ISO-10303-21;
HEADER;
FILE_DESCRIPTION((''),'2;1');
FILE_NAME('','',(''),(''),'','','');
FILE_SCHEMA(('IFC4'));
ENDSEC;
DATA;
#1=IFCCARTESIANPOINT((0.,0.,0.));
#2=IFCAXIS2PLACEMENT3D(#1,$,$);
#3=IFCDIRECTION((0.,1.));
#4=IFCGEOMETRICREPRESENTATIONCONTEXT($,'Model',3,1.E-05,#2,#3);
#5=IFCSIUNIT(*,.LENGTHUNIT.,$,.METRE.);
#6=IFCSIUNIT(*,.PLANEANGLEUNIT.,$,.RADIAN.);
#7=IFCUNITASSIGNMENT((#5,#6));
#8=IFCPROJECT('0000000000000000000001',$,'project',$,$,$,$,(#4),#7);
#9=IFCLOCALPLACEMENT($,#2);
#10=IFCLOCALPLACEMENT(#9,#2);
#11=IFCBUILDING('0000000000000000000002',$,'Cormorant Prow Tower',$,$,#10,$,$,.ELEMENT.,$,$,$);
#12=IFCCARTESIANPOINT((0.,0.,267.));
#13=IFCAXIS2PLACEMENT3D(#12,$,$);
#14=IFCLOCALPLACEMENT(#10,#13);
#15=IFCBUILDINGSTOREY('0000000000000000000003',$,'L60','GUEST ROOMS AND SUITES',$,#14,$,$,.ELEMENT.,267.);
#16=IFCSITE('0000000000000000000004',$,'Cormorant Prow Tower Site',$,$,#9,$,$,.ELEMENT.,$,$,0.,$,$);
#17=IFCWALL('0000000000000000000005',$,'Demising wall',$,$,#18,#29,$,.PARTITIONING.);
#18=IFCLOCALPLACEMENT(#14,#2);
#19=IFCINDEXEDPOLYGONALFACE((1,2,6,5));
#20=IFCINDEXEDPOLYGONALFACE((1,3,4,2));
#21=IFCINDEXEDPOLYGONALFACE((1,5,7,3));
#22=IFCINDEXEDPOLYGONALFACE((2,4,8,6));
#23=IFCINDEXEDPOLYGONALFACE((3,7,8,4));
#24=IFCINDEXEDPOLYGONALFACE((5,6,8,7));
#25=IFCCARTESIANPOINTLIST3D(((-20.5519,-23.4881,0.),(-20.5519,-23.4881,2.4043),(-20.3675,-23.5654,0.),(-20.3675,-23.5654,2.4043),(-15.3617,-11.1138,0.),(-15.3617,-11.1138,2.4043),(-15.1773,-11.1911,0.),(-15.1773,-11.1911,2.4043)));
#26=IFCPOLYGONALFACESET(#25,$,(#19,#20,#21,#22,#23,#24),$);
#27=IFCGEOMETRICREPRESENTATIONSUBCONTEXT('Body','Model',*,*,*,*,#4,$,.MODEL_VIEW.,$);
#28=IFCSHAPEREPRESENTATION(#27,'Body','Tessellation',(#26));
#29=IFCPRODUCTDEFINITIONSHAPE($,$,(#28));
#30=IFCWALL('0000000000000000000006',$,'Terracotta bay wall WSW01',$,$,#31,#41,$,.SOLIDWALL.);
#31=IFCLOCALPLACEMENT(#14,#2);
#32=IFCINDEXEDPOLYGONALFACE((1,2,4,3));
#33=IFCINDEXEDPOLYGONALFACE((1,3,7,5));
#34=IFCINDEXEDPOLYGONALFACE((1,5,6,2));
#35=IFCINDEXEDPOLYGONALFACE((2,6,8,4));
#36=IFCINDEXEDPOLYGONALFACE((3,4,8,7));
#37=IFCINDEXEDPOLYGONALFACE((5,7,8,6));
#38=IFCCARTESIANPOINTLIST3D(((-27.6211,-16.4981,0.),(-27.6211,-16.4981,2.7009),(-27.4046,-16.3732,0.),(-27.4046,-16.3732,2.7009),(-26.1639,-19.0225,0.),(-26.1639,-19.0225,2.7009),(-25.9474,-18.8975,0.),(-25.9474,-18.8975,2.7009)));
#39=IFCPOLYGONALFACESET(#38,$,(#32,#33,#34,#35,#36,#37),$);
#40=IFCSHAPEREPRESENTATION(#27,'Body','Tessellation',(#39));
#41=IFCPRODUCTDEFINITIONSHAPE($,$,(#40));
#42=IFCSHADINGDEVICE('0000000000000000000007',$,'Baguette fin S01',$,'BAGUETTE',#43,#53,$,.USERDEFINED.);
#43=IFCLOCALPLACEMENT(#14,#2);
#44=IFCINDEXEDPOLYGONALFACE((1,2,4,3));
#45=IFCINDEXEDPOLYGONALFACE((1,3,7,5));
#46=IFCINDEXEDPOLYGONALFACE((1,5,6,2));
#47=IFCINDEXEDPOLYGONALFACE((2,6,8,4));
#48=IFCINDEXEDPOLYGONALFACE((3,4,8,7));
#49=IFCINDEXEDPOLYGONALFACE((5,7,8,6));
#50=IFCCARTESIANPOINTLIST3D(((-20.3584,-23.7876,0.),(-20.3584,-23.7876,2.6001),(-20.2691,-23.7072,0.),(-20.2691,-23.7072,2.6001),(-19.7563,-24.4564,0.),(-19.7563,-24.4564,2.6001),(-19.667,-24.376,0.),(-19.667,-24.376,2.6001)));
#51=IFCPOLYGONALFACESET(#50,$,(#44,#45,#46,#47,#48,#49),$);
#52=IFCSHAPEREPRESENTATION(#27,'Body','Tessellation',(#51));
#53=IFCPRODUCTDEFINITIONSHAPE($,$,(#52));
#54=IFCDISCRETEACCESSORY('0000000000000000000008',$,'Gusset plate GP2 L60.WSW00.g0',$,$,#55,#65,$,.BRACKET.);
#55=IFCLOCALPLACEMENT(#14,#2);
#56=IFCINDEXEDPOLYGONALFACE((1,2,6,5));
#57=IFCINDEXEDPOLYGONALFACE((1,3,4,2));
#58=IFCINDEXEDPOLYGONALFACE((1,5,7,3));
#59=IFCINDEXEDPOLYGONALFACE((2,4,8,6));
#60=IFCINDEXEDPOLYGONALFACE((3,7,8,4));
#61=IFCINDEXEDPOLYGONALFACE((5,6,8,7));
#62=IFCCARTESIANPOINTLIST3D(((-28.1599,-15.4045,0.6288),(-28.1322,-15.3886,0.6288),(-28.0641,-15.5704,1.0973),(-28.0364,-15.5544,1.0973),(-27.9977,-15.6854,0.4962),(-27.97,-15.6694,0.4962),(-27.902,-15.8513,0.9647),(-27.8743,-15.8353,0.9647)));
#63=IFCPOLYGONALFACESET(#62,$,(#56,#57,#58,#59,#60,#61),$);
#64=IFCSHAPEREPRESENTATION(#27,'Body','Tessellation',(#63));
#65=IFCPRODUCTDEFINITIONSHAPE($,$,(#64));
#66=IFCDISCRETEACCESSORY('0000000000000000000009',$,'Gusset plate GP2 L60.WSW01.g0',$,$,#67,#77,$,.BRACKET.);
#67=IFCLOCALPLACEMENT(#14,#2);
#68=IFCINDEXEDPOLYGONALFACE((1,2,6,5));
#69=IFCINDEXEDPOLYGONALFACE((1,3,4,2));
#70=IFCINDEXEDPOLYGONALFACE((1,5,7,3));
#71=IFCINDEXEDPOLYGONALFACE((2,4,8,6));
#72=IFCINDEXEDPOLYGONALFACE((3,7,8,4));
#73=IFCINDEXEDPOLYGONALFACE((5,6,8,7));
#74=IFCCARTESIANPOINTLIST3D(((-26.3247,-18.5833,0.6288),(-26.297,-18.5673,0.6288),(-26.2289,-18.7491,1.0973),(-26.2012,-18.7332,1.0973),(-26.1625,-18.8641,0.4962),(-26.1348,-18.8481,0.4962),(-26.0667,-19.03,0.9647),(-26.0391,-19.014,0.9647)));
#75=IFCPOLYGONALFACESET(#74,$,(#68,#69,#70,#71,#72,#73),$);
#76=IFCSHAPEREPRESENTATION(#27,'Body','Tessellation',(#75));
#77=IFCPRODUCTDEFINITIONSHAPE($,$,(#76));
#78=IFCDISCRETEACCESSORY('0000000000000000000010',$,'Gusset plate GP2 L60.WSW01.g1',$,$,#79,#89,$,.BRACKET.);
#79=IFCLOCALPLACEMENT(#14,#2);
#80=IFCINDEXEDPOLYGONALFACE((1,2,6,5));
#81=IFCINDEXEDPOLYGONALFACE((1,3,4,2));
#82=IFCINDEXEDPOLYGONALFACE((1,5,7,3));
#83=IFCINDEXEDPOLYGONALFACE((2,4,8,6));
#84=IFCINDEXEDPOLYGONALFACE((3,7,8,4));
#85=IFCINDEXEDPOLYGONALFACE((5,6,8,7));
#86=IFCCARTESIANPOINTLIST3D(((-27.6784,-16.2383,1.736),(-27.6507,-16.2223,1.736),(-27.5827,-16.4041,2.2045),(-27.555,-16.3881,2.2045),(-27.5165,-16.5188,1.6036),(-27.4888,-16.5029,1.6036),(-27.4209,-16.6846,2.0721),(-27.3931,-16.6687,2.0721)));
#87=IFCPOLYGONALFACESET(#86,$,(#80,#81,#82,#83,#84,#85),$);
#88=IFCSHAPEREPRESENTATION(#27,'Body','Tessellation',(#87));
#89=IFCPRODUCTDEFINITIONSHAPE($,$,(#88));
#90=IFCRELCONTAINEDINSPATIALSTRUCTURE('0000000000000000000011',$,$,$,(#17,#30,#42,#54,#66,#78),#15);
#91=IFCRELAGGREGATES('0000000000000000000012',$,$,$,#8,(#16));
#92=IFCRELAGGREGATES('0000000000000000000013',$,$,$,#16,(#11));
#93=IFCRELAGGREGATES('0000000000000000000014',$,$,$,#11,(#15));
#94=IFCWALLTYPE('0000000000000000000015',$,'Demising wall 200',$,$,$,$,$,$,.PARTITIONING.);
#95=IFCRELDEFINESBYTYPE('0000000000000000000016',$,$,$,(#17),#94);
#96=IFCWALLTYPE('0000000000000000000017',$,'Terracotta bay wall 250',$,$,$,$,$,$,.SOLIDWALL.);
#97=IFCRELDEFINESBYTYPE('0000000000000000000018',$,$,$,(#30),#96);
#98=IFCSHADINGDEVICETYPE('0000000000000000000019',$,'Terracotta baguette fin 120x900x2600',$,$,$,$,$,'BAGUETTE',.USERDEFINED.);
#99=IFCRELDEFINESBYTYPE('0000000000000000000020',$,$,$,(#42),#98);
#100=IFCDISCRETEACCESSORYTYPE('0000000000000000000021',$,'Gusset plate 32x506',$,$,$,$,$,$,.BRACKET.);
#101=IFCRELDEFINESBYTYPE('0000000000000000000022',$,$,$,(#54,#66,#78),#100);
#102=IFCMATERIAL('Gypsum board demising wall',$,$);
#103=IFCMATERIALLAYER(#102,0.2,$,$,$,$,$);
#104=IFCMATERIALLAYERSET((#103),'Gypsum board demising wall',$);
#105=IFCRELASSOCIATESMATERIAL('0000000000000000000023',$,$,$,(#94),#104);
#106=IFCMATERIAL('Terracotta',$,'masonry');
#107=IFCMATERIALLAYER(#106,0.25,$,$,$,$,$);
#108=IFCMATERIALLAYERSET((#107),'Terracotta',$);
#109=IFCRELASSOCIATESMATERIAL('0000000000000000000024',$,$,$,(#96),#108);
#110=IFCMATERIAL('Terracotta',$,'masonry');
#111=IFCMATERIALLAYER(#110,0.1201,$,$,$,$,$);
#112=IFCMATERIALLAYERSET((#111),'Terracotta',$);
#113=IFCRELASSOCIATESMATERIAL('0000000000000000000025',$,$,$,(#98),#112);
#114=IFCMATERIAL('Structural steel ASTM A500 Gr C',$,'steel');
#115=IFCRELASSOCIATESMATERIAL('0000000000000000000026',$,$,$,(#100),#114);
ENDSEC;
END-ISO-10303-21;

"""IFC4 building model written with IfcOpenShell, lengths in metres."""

from ifc_helpers import new_model, si_unit, direction, frame, frame_2d, origin, origin_2d, place, context, subcontext, project, spatial, rectangle, extrude, material, layer, layer_set, material_profile, profile_set, type_object, element, save


model = new_model("IFC4")

# Units and contexts
model_context = context("Model", 3, precision=1e-05, world=origin(), true_north=direction((0.0, 1.0)))
body_context = subcontext(model_context, "Body", "Model", "MODEL_VIEW")
ifc_project = project(units=[si_unit("LENGTHUNIT", "METRE"), si_unit("PLANEANGLEUNIT", "RADIAN")], contexts=[model_context])

# Site, building, storey
site_placement = place(None, origin())
site = spatial("IfcSite", under=ifc_project, at=site_placement, Name="Cormorant Prow Tower Site", CompositionType="ELEMENT", RefElevation=0.0)
building_placement = place(site_placement, origin())
building = spatial("IfcBuilding", under=site, at=building_placement, Name="Cormorant Prow Tower", CompositionType="ELEMENT")
storey_placement = place(building_placement, frame((0.0, 0.0, 267.0)))
storey = spatial("IfcBuildingStorey", under=building, at=storey_placement, Name="L60", Description="GUEST ROOMS AND SUITES", CompositionType="ELEMENT", Elevation=267.0)

# Walls
ifc_material_1 = material(Name="Gypsum board demising wall")
ifc_layer_1 = layer(ifc_material_1, 0.2)
ifc_layer_set_1 = layer_set([ifc_layer_1], Name="Gypsum board demising wall")
wall_type_1 = type_object("IfcWallType", Name="Demising wall 200", PredefinedType="PARTITIONING", material=ifc_layer_set_1)
wall_1_placement = place(storey_placement, frame((-20.4597, -23.5269, 0.0), z_axis=(0.0, 0.0, 1.0), x_axis=(0.386789, 0.922168, 0.0)))
element("IfcWall", 1, at=wall_1_placement, inside=storey, type_object=wall_type_1, Name="Demising wall", PredefinedType="PARTITIONING", context=body_context, shape_type="SweptSolid", body=[
    extrude(rectangle(XDim=13.4187, YDim=0.2, at=frame_2d((6.7095, 0.0))), origin(), (0.0, 0.0, 1.0), 2.4043),
])
ifc_material_2 = material(Name="Terracotta", Category="masonry")
ifc_layer_2 = layer(ifc_material_2, 0.25)
ifc_layer_set_2 = layer_set([ifc_layer_2], Name="Terracotta")
wall_type_2 = type_object("IfcWallType", Name="Terracotta bay wall 250", PredefinedType="SOLIDWALL", material=ifc_layer_set_2)
wall_2_placement = place(storey_placement, frame((-27.5129, -16.4355, 0.0), z_axis=(0.0, 0.0, 1.0), x_axis=(0.49995, -0.866054, 0.0)))
element("IfcWall", 2, at=wall_2_placement, inside=storey, type_object=wall_type_2, Name="Terracotta bay wall WSW01", PredefinedType="SOLIDWALL", context=body_context, shape_type="SweptSolid", body=[
    extrude(rectangle(XDim=2.9148, YDim=0.25, at=frame_2d((1.4575, 0.0))), origin(), (0.0, 0.0, 1.0), 2.7009),
])

# Shading device
ifc_material_3 = material(Name="Terracotta", Category="masonry")
ifc_layer_3 = layer(ifc_material_3, 0.1201)
ifc_layer_set_3 = layer_set([ifc_layer_3], Name="Terracotta")
shading_device_type = type_object("IfcShadingDeviceType", Name="Terracotta baguette fin 120x900x2600", ElementType="BAGUETTE", PredefinedType="USERDEFINED", material=ifc_layer_set_3)
shading_device_placement = place(storey_placement, frame((-20.0127, -24.0818, 0.0), z_axis=(0.0, 0.0, 1.0), x_axis=(0.743145, 0.669131, 0.0)))
element("IfcShadingDevice", 3, at=shading_device_placement, inside=storey, type_object=shading_device_type, Name="Baguette fin S01", ObjectType="BAGUETTE", PredefinedType="USERDEFINED", context=body_context, shape_type="SweptSolid", body=[
    extrude(rectangle(XDim=0.1201, YDim=0.8999, at=origin_2d()), origin(), (0.0, 0.0, 1.0), 2.6001),
])

# Discrete accessories
ifc_material_4 = material(Name="Structural steel ASTM A500 Gr C", Category="steel")
ifc_material_profile_1 = material_profile(ifc_material_4, rectangle(XDim=0.032, YDim=0.5061, at=origin_2d()), Name="Gusset plate 32x506")
ifc_profile_set_1 = profile_set([ifc_material_profile_1], Name="Structural steel ASTM A500 Gr C")
discrete_accessory_type = type_object("IfcDiscreteAccessoryType", Name="Gusset plate 32x506", PredefinedType="BRACKET", material=ifc_profile_set_1)
for number, where, z_axis, x_axis, name in (
    (4, (-28.0981, -15.4795, 0.863), (0.462828, -0.801584, -0.378487), (0.86601, 0.500027, 0.0), "Gusset plate GP2 L60.WSW00.g0"),
    (5, (-26.2629, -18.6582, 0.863), (0.462828, -0.801584, -0.378487), (0.86601, 0.500027, 0.0), "Gusset plate GP2 L60.WSW01.g0"),
):
    element("IfcDiscreteAccessory", number, at=place(storey_placement, frame(where, z_axis=z_axis, x_axis=x_axis)), inside=storey, type_object=discrete_accessory_type, Name=name, PredefinedType="BRACKET", context=body_context, shape_type="SweptSolid", body=[
        extrude(rectangle(XDim=0.032, YDim=0.5061, at=origin_2d()), origin(), (0.0, 0.0, 1.0), 0.3503),
    ])
discrete_accessory_placement = place(storey_placement, frame((-27.4548, -16.5938, 1.8379), z_axis=(-0.462661, 0.801806, 0.378223), x_axis=(-0.866148, -0.499788, 0.0)))
element("IfcDiscreteAccessory", 6, at=discrete_accessory_placement, inside=storey, type_object=discrete_accessory_type, Name="Gusset plate GP2 L60.WSW01.g1", PredefinedType="BRACKET", context=body_context, shape_type="SweptSolid", body=[
    extrude(rectangle(XDim=0.032, YDim=0.5061, at=origin_2d()), origin(), (0.0, 0.0, 1.0), 0.3499),
])

save(model, "model.ifc")
